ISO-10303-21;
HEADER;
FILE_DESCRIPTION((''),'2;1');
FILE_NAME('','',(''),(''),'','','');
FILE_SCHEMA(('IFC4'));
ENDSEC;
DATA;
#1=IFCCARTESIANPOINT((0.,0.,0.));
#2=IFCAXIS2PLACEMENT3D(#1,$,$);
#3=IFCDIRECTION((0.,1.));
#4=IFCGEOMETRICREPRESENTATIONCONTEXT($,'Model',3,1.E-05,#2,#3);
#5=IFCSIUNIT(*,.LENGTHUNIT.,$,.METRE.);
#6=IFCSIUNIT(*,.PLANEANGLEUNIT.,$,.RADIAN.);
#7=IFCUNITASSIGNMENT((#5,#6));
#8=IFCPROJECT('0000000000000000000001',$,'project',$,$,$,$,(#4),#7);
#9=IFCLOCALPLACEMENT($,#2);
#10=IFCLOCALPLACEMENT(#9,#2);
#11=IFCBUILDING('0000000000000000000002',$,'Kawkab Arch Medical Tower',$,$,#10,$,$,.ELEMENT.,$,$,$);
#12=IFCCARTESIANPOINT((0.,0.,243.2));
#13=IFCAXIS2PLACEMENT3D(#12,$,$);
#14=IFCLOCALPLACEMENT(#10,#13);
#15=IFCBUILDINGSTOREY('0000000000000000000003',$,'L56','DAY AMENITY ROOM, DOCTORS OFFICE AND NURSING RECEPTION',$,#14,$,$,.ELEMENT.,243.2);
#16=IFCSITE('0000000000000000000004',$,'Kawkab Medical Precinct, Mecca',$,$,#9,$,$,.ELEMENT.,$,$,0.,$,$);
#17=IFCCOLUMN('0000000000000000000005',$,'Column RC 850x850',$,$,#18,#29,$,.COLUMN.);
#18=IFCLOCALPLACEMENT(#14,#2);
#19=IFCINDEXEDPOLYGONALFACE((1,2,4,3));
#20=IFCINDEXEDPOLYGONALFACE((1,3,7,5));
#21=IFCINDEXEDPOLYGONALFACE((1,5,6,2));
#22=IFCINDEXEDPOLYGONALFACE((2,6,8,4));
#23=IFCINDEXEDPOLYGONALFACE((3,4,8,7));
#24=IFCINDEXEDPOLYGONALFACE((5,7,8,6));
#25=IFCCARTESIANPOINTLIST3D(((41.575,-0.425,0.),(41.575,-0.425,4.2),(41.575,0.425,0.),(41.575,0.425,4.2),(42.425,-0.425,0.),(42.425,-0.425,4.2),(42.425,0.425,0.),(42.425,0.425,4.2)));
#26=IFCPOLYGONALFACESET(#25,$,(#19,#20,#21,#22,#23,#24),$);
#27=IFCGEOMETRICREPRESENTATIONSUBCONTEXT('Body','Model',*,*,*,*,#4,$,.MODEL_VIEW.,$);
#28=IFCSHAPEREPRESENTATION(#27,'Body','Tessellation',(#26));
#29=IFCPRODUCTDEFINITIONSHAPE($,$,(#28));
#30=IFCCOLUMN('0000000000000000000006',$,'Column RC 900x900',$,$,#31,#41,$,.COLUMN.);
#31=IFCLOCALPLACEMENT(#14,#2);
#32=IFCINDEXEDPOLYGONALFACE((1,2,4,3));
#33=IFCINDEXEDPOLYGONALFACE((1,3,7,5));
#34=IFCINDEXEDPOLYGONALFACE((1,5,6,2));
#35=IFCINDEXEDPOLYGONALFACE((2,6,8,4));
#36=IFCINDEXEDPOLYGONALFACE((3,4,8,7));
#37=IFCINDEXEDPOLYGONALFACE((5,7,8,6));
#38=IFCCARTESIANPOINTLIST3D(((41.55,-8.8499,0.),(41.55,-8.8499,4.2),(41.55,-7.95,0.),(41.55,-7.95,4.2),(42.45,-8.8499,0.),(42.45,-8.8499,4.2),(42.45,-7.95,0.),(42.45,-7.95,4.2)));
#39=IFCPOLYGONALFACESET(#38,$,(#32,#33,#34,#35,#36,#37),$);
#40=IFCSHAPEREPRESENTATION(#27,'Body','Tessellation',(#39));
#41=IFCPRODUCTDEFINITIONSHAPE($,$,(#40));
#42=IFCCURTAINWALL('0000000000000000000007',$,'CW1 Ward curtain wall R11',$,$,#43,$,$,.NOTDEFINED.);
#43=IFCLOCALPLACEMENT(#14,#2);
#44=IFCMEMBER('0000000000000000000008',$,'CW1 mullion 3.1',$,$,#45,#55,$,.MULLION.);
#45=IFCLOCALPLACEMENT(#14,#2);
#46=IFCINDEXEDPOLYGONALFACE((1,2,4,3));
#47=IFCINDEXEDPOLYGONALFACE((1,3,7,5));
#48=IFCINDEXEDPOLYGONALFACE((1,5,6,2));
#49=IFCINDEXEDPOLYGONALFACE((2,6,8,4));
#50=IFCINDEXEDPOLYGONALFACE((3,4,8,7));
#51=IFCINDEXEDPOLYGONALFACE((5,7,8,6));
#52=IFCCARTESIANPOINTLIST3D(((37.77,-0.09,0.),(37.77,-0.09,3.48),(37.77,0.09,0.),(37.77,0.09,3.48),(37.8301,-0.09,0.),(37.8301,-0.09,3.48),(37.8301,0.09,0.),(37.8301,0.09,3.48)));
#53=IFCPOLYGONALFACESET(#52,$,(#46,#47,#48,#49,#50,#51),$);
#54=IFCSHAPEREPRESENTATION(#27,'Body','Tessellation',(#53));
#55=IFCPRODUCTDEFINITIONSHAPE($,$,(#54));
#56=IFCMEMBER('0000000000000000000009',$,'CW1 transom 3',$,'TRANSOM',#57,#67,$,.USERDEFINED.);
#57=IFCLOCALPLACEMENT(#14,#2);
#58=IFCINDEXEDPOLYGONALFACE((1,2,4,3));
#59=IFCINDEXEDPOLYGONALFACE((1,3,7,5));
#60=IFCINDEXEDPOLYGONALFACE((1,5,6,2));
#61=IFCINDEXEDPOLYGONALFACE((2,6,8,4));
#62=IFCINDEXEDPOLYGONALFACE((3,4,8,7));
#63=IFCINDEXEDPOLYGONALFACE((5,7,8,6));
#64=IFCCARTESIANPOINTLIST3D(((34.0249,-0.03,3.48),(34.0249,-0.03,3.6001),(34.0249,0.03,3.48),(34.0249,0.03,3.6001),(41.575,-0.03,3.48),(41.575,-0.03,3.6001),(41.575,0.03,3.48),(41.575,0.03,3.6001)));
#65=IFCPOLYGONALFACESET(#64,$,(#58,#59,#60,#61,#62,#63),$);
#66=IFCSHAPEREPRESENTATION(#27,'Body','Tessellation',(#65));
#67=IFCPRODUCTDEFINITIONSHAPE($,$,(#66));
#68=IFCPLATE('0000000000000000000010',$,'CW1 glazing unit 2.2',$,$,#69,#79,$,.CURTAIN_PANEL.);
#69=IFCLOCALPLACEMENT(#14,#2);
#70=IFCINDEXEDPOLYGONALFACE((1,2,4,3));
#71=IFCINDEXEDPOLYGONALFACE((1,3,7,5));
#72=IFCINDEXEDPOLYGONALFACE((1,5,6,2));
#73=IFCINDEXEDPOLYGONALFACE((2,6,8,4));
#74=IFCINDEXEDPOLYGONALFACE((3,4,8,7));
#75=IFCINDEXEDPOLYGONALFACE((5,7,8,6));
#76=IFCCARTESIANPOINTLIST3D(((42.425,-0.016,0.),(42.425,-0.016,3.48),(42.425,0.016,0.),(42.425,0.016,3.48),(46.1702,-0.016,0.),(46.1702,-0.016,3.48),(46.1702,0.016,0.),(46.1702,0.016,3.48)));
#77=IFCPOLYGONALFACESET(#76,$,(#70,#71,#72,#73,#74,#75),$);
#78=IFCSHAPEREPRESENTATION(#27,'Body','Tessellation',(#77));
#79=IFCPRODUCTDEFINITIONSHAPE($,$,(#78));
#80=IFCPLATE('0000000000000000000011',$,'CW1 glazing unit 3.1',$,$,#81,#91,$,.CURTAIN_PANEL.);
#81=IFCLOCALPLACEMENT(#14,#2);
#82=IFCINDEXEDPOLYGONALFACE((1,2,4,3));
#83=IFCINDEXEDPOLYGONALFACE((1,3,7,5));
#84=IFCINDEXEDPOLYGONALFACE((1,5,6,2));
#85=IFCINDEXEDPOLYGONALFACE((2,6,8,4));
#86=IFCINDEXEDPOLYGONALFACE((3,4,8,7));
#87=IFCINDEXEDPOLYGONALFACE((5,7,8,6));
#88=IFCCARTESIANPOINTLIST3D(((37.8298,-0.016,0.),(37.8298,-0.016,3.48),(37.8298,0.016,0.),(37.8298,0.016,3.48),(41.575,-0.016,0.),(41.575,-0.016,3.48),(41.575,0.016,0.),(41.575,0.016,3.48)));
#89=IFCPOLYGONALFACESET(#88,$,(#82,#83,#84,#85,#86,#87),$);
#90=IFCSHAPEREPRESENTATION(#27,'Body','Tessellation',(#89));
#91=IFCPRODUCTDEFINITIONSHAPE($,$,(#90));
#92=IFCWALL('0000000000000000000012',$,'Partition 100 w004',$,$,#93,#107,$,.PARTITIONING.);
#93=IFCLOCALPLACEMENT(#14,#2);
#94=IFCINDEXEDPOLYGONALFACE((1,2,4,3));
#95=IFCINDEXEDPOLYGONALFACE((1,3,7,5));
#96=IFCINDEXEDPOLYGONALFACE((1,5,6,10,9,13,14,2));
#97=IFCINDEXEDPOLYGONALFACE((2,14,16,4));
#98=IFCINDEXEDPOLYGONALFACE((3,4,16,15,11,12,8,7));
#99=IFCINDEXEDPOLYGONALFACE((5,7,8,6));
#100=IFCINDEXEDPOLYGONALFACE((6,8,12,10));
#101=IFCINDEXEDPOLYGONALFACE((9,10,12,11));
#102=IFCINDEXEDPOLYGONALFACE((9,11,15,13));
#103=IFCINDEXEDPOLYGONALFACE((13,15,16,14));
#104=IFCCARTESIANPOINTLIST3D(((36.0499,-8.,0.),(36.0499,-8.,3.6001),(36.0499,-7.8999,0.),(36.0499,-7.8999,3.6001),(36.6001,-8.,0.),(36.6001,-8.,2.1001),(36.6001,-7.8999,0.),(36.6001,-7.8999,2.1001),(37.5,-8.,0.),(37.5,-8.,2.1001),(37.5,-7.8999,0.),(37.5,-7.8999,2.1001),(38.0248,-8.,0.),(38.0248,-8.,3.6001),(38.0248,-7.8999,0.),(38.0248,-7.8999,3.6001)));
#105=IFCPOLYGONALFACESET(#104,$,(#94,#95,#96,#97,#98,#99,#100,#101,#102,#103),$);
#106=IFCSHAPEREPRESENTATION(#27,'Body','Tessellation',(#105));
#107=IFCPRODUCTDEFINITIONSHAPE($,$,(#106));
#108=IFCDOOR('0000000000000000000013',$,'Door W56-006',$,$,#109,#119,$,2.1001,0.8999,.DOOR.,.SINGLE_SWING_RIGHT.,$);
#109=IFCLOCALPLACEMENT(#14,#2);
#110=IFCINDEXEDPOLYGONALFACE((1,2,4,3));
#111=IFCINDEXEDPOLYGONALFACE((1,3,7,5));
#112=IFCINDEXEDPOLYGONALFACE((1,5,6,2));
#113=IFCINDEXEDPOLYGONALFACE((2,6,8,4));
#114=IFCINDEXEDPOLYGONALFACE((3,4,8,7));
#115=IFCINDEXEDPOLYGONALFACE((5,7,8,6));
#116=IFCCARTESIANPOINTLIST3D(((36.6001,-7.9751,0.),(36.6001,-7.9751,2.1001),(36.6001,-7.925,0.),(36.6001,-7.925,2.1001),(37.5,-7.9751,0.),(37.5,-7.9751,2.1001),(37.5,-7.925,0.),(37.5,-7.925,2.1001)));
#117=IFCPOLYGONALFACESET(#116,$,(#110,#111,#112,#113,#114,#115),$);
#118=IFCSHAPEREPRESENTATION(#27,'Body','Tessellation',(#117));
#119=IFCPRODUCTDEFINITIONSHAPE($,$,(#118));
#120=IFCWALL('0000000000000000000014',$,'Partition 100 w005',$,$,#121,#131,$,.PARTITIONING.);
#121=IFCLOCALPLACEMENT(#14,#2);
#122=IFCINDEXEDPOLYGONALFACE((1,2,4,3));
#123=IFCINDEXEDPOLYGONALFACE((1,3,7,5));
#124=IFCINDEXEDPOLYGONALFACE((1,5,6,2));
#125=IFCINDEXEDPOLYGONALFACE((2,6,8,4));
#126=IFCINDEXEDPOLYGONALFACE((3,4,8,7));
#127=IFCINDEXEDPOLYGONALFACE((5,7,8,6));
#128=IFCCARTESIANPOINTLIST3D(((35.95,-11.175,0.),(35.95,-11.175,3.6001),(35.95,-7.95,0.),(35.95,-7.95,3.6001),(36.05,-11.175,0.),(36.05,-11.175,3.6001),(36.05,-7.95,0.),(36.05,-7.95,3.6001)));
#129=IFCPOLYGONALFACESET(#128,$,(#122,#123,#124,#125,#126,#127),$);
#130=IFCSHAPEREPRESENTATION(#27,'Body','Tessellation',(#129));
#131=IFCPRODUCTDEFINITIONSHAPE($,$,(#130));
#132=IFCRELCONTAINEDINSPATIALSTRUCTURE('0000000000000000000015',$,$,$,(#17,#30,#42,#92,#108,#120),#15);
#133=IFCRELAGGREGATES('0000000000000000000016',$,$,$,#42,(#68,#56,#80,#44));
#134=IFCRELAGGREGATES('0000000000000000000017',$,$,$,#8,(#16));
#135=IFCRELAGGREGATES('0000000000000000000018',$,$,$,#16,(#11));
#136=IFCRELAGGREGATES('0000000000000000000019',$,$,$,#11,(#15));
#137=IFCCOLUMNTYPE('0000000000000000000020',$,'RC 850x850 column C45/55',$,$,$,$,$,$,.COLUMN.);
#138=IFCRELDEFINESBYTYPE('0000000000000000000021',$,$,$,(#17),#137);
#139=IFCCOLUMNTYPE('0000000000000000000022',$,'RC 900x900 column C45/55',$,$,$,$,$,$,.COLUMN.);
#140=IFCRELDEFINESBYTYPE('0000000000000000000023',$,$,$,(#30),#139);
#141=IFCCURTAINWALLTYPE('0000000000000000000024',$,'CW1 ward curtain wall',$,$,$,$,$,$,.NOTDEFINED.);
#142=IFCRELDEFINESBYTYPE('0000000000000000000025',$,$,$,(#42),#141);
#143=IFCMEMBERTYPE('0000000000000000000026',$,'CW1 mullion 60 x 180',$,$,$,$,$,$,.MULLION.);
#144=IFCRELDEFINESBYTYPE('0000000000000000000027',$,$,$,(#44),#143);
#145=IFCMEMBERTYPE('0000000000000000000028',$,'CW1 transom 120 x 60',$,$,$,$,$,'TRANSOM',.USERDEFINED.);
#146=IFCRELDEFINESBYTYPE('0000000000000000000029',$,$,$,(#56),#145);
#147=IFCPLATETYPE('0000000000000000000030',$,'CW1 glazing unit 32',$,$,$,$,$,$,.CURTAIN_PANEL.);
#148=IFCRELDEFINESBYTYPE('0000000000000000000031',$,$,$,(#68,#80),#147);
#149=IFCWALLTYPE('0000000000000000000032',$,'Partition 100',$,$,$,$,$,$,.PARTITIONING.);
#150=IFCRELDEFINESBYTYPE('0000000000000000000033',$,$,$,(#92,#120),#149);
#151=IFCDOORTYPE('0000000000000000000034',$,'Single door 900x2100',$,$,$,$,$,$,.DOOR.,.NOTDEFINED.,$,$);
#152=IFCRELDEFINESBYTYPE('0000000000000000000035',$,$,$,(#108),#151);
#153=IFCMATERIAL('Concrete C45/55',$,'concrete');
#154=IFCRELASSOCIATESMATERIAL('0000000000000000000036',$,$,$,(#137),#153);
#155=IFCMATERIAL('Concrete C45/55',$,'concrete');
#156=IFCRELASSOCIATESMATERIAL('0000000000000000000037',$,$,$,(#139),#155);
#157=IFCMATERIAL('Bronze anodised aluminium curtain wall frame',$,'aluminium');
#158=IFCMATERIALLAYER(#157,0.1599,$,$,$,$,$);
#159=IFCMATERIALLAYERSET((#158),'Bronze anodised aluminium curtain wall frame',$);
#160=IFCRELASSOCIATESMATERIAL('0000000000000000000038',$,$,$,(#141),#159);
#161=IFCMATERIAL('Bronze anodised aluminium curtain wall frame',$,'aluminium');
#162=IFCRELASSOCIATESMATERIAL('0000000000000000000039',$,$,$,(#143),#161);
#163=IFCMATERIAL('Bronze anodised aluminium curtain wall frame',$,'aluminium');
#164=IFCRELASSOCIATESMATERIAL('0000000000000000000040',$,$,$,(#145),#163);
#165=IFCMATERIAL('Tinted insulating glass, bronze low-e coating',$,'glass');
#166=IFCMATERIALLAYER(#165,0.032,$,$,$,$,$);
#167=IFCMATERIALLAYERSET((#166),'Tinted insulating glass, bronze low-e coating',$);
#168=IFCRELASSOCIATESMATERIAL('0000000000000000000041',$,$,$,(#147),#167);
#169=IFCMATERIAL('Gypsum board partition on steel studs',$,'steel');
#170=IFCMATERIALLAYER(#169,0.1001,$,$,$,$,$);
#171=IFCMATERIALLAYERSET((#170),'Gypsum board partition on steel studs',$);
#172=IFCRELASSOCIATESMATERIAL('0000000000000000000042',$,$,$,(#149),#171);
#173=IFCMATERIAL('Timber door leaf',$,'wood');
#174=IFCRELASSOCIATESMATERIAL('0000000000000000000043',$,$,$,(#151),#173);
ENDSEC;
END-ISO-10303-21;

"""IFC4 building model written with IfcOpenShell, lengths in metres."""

from ifc_helpers import new_model, si_unit, direction, frame, frame_2d, origin, origin_2d, place, context, subcontext, project, spatial, rectangle, extrude, material, layer, layer_set, material_profile, profile_set, type_object, element, fill, aggregate, save


model = new_model("IFC4")

# Units and contexts
model_context = context("Model", 3, precision=1e-05, world=origin(), true_north=direction((0.0, 1.0)))
body_context = subcontext(model_context, "Body", "Model", "MODEL_VIEW")
ifc_project = project(units=[si_unit("LENGTHUNIT", "METRE"), si_unit("PLANEANGLEUNIT", "RADIAN")], contexts=[model_context])

# Site, building, storey
site_placement = place(None, origin())
site = spatial("IfcSite", under=ifc_project, at=site_placement, Name="Kawkab Medical Precinct, Mecca", CompositionType="ELEMENT", RefElevation=0.0)
building_placement = place(site_placement, origin())
building = spatial("IfcBuilding", under=site, at=building_placement, Name="Kawkab Arch Medical Tower", CompositionType="ELEMENT")
storey_placement = place(building_placement, frame((0.0, 0.0, 243.2)))
storey = spatial("IfcBuildingStorey", under=building, at=storey_placement, Name="L56", Description="DAY AMENITY ROOM, DOCTORS OFFICE AND NURSING RECEPTION", CompositionType="ELEMENT", Elevation=243.2)

# Columns
ifc_material_1 = material(Name="Concrete C45/55", Category="concrete")
ifc_material_profile_1 = material_profile(ifc_material_1, rectangle(XDim=0.8501, YDim=0.8501, at=origin_2d()), Name="RC 850x850")
ifc_profile_set_1 = profile_set([ifc_material_profile_1], Name="Concrete C45/55")
column_type_1 = type_object("IfcColumnType", Name="RC 850x850 column C45/55", PredefinedType="COLUMN", material=ifc_profile_set_1)
column_1_placement = place(storey_placement, frame((42.0, 0.0, 0.0), z_axis=(0.0, 0.0, 1.0), x_axis=(1.0, 0.0, 0.0)))
element("IfcColumn", 1, at=column_1_placement, inside=storey, type_object=column_type_1, Name="Column RC 850x850", PredefinedType="COLUMN", context=body_context, shape_type="SweptSolid", body=[
    extrude(rectangle(XDim=0.8501, YDim=0.8501, at=origin_2d()), origin(), (0.0, 0.0, 1.0), 4.2),
])
ifc_material_2 = material(Name="Concrete C45/55", Category="concrete")
ifc_material_profile_2 = material_profile(ifc_material_2, rectangle(XDim=0.8999, YDim=0.8999, at=origin_2d()), Name="RC 900x900")
ifc_profile_set_2 = profile_set([ifc_material_profile_2], Name="Concrete C45/55")
column_type_2 = type_object("IfcColumnType", Name="RC 900x900 column C45/55", PredefinedType="COLUMN", material=ifc_profile_set_2)
column_2_placement = place(storey_placement, frame((42.0, -8.3999, 0.0), z_axis=(0.0, 0.0, 1.0), x_axis=(1.0, 0.0, 0.0)))
element("IfcColumn", 2, at=column_2_placement, inside=storey, type_object=column_type_2, Name="Column RC 900x900", PredefinedType="COLUMN", context=body_context, shape_type="SweptSolid", body=[
    extrude(rectangle(XDim=0.8999, YDim=0.8999, at=origin_2d()), origin(), (0.0, 0.0, 1.0), 4.2),
])

# Curtain wall, members, plates
ifc_material_3 = material(Name="Bronze anodised aluminium curtain wall frame", Category="aluminium")
ifc_layer_1 = layer(ifc_material_3, 0.1599)
ifc_layer_set_1 = layer_set([ifc_layer_1], Name="Bronze anodised aluminium curtain wall frame")
curtain_wall_type = type_object("IfcCurtainWallType", Name="CW1 ward curtain wall", PredefinedType="NOTDEFINED", material=ifc_layer_set_1)
placement = place(storey_placement, origin())
curtain_wall = element("IfcCurtainWall", 3, at=placement, inside=storey, type_object=curtain_wall_type, Name="CW1 Ward curtain wall R11", PredefinedType="NOTDEFINED")
ifc_material_4 = material(Name="Bronze anodised aluminium curtain wall frame", Category="aluminium")
ifc_material_profile_3 = material_profile(ifc_material_4, rectangle(XDim=0.1799, YDim=0.0601, at=origin_2d()), Name="AL 60x180")
ifc_profile_set_3 = profile_set([ifc_material_profile_3], Name="Bronze anodised aluminium curtain wall frame")
member_type_1 = type_object("IfcMemberType", Name="CW1 mullion 60 x 180", PredefinedType="MULLION", material=ifc_profile_set_3)
member_1_placement = place(storey_placement, frame((37.8, 0.0, 0.0), z_axis=(0.0, 0.0, 1.0), x_axis=(0.0, -1.0, 0.0)))
member_1 = element("IfcMember", 4, at=member_1_placement, type_object=member_type_1, Name="CW1 mullion 3.1", PredefinedType="MULLION", context=body_context, shape_type="SweptSolid", body=[
    extrude(rectangle(XDim=0.1799, YDim=0.0601, at=origin_2d()), origin(), (0.0, 0.0, 1.0), 3.48),
])
ifc_material_5 = material(Name="Bronze anodised aluminium curtain wall frame", Category="aluminium")
ifc_material_profile_4 = material_profile(ifc_material_5, rectangle(XDim=0.0601, YDim=0.1201, at=origin_2d()), Name="AL 60x120")
ifc_profile_set_4 = profile_set([ifc_material_profile_4], Name="Bronze anodised aluminium curtain wall frame")
member_type_2 = type_object("IfcMemberType", Name="CW1 transom 120 x 60", ElementType="TRANSOM", PredefinedType="USERDEFINED", material=ifc_profile_set_4)
member_2_placement = place(storey_placement, frame((41.575, 0.0, 3.54), z_axis=(-1.0, 0.0, 0.0), x_axis=(0.0, -1.0, 0.0)))
member_2 = element("IfcMember", 5, at=member_2_placement, type_object=member_type_2, Name="CW1 transom 3", ObjectType="TRANSOM", PredefinedType="USERDEFINED", context=body_context, shape_type="SweptSolid", body=[
    extrude(rectangle(XDim=0.0601, YDim=0.1201, at=origin_2d()), origin(), (0.0, 0.0, 1.0), 7.55),
])
ifc_material_6 = material(Name="Tinted insulating glass, bronze low-e coating", Category="glass")
ifc_layer_2 = layer(ifc_material_6, 0.032)
ifc_layer_set_2 = layer_set([ifc_layer_2], Name="Tinted insulating glass, bronze low-e coating")
plate_type = type_object("IfcPlateType", Name="CW1 glazing unit 32", PredefinedType="CURTAIN_PANEL", material=ifc_layer_set_2)
plate_1_placement = place(storey_placement, frame((44.2976, 0.0, 0.0), z_axis=(0.0, 0.0, 1.0), x_axis=(-1.0, 0.0, 0.0)))
plate_1 = element("IfcPlate", 6, at=plate_1_placement, type_object=plate_type, Name="CW1 glazing unit 2.2", PredefinedType="CURTAIN_PANEL", context=body_context, shape_type="SweptSolid", body=[
    extrude(rectangle(XDim=3.7451, YDim=0.032, at=origin_2d()), origin(), (0.0, 0.0, 1.0), 3.48),
])
plate_2_placement = place(storey_placement, frame((39.7024, 0.0, 0.0), z_axis=(0.0, 0.0, 1.0), x_axis=(-1.0, 0.0, 0.0)))
plate_2 = element("IfcPlate", 7, at=plate_2_placement, type_object=plate_type, Name="CW1 glazing unit 3.1", PredefinedType="CURTAIN_PANEL", context=body_context, shape_type="SweptSolid", body=[
    extrude(rectangle(XDim=3.7451, YDim=0.032, at=origin_2d()), origin(), (0.0, 0.0, 1.0), 3.48),
])
aggregate(curtain_wall, [plate_1, member_2, plate_2, member_1])

# Wall, opening, door
ifc_material_7 = material(Name="Gypsum board partition on steel studs", Category="steel")
ifc_layer_3 = layer(ifc_material_7, 0.1001)
ifc_layer_set_3 = layer_set([ifc_layer_3], Name="Gypsum board partition on steel studs")
wall_type_1 = type_object("IfcWallType", Name="Partition 100", PredefinedType="PARTITIONING", material=ifc_layer_set_3)
wall_1_placement = place(storey_placement, frame((36.05, -7.95, 0.0), z_axis=(0.0, 0.0, 1.0), x_axis=(1.0, 0.0, 0.0)))
wall_1 = element("IfcWall", 8, at=wall_1_placement, inside=storey, type_object=wall_type_1, Name="Partition 100 w004", PredefinedType="PARTITIONING", context=body_context, shape_type="SweptSolid", body=[
    extrude(rectangle(XDim=1.9749, YDim=0.1001, at=frame_2d((0.9873, 0.0))), origin(), (0.0, 0.0, 1.0), 3.6001),
])
opening_1_placement = place(wall_1_placement, frame((0.55, 0.0, 0.0)))
opening_1 = element("IfcOpeningElement", 9, at=opening_1_placement, cuts=wall_1, PredefinedType="OPENING", context=body_context, shape_type="SweptSolid", body=[
    extrude(rectangle(XDim=0.8999, YDim=2.1001, at=frame_2d((0.45, 1.05))), frame((0.0, 0.0601, 0.0), z_axis=(0.0, -1.0, 0.0), x_axis=(1.0, 0.0, 0.0)), (0.0, 0.0, 1.0), 0.1201),
])
ifc_material_8 = material(Name="Timber door leaf", Category="wood")
door_type_1 = type_object("IfcDoorType", Name="Single door 900x2100", OperationType="NOTDEFINED", PredefinedType="DOOR", material=ifc_material_8)
door_1_placement = place(opening_1_placement, origin())
door_1 = element("IfcDoor", 10, at=door_1_placement, inside=storey, type_object=door_type_1, Name="Door W56-006", OperationType="SINGLE_SWING_RIGHT", OverallHeight=2.1001, OverallWidth=0.8999, PredefinedType="DOOR", context=body_context, shape_type="SweptSolid", body=[
    extrude(rectangle(XDim=0.8999, YDim=2.1001, at=frame_2d((0.45, 1.05))), frame((0.0, 0.0249, 0.0), z_axis=(0.0, -1.0, 0.0), x_axis=(1.0, 0.0, 0.0)), (0.0, 0.0, 1.0), 0.05),
])
fill(opening_1, door_1)

# Wall
wall_2_placement = place(storey_placement, frame((36.0, -11.175, 0.0), z_axis=(0.0, 0.0, 1.0), x_axis=(0.0, 1.0, 0.0)))
element("IfcWall", 11, at=wall_2_placement, inside=storey, type_object=wall_type_1, Name="Partition 100 w005", PredefinedType="PARTITIONING", context=body_context, shape_type="SweptSolid", body=[
    extrude(rectangle(XDim=3.2251, YDim=0.1001, at=frame_2d((1.6125, 0.0))), origin(), (0.0, 0.0, 1.0), 3.6001),
])

save(model, "model.ifc")
